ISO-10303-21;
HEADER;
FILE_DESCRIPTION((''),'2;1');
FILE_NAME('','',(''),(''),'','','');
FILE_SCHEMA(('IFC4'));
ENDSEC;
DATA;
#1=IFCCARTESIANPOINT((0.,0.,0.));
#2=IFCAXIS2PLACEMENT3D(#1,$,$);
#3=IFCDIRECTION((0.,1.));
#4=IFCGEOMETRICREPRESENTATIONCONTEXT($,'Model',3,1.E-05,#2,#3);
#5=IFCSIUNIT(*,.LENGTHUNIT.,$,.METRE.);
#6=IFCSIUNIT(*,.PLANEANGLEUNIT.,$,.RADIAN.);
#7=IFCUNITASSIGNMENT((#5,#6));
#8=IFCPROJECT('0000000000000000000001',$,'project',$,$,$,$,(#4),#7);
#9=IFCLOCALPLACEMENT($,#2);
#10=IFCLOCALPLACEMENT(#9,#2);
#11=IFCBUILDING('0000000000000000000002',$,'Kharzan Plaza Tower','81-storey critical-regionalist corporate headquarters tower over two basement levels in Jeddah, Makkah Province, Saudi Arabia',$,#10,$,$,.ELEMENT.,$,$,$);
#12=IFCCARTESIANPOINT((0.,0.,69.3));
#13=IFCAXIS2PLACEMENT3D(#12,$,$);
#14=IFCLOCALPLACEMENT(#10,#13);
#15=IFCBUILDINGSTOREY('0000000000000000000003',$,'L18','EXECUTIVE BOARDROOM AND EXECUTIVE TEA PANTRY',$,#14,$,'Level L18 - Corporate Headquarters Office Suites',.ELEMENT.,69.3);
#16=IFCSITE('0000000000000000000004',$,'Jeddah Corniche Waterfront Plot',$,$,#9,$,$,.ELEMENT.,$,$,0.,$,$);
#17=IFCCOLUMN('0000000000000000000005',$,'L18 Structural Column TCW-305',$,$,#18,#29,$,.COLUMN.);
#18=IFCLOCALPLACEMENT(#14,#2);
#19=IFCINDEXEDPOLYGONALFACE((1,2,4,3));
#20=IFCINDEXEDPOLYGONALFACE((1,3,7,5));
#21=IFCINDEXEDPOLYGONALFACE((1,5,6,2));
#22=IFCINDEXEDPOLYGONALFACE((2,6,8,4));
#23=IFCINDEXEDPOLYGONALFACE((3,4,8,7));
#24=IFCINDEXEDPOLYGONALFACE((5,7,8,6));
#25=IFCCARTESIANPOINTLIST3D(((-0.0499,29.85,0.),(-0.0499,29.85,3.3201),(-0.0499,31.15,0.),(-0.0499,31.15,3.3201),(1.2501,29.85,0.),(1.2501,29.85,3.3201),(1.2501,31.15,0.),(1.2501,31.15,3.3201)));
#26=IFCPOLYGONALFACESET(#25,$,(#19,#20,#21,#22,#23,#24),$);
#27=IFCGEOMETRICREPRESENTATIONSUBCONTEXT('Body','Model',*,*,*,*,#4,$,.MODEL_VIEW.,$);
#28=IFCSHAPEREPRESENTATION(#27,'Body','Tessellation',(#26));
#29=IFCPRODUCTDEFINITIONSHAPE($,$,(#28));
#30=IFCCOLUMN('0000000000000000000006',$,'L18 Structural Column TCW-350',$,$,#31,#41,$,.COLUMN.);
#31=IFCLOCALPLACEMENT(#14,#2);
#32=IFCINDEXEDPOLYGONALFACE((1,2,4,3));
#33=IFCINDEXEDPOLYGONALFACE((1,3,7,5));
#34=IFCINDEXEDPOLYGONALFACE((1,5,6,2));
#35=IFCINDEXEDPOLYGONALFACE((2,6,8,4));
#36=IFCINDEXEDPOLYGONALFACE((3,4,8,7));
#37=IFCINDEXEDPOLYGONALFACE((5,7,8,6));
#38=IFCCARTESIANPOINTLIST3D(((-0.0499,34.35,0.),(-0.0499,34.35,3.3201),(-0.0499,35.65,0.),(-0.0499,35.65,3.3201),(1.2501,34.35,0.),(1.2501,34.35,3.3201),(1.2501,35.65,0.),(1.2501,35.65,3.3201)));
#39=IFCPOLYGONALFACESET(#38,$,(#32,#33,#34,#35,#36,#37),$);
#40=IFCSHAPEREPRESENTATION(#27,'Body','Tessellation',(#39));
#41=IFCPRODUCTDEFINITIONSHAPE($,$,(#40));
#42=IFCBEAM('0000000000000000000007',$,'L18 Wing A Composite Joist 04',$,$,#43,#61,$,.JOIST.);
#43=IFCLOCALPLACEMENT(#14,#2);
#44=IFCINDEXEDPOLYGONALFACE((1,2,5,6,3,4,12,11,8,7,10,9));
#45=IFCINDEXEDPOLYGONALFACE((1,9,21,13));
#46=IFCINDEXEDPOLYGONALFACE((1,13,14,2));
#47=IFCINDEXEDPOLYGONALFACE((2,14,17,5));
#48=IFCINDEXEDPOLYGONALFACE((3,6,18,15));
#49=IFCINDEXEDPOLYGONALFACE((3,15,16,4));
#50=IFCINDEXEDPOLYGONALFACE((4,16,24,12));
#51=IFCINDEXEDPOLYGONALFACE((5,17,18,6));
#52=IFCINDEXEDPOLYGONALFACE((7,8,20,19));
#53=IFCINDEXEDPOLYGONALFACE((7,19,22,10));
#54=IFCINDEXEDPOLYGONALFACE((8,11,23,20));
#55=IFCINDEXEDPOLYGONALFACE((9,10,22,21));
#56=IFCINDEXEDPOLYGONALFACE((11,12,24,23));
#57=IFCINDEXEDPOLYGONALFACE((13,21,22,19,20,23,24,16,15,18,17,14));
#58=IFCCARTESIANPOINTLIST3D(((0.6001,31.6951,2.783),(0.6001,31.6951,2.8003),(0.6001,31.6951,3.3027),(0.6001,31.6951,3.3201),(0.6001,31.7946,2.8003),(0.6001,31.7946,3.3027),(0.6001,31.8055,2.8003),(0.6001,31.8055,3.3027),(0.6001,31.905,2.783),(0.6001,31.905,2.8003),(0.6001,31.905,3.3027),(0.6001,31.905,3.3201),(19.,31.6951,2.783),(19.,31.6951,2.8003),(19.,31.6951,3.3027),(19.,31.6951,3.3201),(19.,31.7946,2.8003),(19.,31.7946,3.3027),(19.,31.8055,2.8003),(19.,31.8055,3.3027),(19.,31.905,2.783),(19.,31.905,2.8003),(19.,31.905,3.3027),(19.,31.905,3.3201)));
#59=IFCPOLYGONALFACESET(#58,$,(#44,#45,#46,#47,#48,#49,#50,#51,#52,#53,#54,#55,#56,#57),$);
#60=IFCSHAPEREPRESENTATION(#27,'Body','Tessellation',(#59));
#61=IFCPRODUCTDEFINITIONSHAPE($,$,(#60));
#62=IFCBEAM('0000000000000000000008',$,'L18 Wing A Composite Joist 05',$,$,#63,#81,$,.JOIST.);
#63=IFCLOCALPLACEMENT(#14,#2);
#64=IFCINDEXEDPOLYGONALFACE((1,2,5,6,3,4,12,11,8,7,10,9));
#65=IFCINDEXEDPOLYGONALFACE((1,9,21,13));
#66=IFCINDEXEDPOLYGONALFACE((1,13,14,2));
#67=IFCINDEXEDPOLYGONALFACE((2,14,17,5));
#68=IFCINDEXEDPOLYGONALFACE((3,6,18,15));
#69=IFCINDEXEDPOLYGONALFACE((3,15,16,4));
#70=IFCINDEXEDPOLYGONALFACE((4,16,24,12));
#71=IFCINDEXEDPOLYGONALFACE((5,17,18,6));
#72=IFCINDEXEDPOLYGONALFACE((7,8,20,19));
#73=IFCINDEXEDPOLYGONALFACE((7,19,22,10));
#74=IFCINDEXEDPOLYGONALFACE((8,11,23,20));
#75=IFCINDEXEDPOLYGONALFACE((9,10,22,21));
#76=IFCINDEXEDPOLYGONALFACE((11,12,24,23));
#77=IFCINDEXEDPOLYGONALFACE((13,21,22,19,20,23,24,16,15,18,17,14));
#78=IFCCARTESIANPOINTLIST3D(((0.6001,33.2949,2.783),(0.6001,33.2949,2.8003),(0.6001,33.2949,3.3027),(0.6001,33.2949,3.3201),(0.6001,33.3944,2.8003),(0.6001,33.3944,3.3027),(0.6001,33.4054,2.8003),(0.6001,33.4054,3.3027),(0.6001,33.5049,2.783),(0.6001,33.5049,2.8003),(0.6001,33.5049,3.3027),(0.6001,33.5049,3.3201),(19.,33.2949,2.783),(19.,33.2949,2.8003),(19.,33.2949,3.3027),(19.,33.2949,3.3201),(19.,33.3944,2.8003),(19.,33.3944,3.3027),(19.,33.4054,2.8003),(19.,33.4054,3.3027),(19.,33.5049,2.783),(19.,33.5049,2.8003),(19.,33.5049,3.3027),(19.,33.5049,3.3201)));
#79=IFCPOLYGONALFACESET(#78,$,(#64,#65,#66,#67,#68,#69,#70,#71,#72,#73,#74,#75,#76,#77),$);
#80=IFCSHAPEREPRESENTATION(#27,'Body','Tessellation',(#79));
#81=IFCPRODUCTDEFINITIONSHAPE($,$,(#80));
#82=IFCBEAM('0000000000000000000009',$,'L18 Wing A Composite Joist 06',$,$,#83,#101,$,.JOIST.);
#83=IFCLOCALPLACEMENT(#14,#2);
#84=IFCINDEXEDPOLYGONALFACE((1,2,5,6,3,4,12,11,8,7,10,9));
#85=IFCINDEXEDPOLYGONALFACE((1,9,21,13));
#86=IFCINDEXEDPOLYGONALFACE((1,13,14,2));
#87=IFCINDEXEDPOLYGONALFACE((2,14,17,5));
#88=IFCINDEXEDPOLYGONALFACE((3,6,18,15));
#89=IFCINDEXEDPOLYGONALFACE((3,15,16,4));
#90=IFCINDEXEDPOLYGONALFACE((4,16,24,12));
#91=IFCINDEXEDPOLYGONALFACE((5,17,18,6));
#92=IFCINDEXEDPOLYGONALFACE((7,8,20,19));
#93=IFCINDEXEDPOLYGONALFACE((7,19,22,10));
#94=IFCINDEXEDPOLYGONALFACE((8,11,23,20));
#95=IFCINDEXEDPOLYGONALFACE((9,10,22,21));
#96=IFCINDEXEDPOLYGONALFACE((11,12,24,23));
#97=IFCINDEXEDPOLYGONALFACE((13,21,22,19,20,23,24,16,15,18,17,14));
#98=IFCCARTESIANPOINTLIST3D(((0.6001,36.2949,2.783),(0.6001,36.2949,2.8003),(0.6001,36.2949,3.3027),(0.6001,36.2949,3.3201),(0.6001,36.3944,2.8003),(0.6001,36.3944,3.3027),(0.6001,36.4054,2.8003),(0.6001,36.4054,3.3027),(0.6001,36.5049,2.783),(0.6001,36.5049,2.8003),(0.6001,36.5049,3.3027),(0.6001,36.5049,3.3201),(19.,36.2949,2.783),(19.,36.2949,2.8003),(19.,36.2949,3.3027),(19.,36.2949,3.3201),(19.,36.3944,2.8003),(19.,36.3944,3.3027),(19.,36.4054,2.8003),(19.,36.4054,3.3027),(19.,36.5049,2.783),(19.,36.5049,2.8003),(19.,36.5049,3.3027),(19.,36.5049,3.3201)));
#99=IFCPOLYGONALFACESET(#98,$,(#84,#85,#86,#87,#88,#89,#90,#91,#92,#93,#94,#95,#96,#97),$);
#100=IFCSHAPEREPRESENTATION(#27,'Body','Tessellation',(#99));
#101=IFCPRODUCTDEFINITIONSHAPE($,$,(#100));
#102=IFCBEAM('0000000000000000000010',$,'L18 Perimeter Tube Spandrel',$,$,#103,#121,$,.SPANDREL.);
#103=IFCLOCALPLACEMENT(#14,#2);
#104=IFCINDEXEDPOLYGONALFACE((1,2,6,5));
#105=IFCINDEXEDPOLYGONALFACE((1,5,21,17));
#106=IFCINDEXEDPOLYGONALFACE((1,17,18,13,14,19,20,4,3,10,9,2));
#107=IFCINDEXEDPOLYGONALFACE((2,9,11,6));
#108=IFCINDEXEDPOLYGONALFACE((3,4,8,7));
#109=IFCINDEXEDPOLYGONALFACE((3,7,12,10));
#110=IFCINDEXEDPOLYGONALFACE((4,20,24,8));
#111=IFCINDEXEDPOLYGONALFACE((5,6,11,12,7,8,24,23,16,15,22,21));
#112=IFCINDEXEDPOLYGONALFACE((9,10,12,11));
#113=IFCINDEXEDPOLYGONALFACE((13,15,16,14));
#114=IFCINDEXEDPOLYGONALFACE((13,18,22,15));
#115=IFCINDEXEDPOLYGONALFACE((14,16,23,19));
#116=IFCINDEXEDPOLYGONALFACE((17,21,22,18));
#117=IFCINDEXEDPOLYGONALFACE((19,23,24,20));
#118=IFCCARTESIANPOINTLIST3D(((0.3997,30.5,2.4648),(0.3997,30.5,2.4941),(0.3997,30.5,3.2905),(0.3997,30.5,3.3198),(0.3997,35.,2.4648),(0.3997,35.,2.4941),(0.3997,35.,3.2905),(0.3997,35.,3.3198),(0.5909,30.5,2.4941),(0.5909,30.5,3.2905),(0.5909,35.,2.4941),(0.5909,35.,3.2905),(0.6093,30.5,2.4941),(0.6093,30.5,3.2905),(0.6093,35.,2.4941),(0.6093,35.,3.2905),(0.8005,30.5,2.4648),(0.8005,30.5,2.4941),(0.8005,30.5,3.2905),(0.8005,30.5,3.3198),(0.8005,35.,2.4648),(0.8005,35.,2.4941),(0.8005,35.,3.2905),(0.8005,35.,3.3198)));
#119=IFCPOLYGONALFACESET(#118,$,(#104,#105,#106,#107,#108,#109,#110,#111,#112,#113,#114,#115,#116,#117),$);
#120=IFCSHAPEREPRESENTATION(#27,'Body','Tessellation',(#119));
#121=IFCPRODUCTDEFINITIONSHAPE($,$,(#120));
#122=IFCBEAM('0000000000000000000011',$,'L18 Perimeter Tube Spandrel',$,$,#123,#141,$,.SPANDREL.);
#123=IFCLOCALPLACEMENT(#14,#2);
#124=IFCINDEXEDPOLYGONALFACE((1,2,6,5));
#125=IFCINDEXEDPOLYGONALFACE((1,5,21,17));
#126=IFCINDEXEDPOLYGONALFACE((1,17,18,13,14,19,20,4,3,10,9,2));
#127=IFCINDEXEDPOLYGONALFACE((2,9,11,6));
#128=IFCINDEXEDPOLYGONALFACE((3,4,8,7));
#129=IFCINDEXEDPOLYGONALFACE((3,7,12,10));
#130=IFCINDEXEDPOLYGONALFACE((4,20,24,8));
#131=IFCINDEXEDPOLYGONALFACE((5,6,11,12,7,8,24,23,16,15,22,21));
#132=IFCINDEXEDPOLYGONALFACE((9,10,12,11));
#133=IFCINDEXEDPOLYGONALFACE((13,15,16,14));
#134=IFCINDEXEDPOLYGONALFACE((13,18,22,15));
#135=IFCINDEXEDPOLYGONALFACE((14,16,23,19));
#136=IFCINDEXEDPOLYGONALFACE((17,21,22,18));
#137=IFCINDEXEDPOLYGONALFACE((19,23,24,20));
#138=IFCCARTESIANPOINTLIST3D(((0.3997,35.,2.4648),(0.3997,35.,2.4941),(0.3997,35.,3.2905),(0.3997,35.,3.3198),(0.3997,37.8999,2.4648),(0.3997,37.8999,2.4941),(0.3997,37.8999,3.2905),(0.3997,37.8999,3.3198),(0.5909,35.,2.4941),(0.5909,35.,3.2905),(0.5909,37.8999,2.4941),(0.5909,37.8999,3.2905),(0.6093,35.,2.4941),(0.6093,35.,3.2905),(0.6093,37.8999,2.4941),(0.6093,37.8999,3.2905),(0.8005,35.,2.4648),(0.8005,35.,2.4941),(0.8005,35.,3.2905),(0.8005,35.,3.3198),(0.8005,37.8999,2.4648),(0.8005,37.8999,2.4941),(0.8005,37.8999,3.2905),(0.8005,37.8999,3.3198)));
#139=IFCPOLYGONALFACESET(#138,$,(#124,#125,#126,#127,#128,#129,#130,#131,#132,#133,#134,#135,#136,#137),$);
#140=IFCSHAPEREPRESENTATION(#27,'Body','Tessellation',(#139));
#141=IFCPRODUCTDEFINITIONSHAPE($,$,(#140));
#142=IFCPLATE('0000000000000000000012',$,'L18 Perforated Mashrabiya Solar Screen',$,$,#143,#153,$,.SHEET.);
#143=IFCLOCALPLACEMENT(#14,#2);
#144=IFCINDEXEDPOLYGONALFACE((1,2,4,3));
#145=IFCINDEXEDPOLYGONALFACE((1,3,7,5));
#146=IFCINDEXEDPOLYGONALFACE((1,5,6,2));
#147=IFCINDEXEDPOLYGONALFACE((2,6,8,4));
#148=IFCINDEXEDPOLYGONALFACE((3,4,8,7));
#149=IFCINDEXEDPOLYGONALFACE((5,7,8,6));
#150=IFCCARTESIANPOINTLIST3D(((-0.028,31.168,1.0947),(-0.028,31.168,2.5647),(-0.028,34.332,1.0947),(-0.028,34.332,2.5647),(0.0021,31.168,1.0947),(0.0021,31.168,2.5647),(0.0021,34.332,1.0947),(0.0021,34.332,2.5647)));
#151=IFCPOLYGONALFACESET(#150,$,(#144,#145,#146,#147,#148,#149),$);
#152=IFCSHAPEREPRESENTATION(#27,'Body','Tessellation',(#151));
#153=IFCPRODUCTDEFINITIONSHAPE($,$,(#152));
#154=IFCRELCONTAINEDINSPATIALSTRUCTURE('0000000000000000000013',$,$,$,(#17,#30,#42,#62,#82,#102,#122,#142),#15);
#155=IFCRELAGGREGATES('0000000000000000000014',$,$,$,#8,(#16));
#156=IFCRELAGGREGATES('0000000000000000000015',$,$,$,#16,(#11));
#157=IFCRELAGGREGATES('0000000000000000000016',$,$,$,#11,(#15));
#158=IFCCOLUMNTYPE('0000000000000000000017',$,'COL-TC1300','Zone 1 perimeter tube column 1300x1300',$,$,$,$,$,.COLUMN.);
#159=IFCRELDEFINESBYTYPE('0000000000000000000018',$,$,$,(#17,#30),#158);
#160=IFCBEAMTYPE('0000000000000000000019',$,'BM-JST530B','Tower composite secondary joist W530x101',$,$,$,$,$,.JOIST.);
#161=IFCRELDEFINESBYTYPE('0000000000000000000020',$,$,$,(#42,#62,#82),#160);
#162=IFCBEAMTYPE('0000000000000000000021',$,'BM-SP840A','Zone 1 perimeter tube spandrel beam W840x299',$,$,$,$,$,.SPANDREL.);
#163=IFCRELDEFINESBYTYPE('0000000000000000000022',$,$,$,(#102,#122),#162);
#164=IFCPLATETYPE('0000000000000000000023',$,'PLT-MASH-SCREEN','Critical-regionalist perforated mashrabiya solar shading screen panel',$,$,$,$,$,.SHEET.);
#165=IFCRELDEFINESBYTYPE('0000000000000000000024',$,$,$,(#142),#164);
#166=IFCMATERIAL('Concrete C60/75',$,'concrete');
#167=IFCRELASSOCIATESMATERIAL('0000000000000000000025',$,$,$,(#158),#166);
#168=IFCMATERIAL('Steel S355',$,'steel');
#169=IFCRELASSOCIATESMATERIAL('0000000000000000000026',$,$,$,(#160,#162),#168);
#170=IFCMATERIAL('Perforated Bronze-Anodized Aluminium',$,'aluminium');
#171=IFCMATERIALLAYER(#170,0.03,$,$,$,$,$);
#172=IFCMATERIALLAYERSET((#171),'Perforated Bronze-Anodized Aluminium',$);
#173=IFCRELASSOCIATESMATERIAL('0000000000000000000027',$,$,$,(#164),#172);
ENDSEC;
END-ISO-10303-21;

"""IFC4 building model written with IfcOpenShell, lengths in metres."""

from ifc_helpers import new_model, si_unit, direction, frame, origin, origin_2d, place, context, subcontext, project, spatial, rectangle, i_section, extrude, source, transform, mapped, material, layer, layer_set, material_profile, profile_set, type_object, element, save


model = new_model("IFC4")

# Units and contexts
model_context = context("Model", 3, precision=1e-05, world=origin(), true_north=direction((0.0, 1.0)))
body_context = subcontext(model_context, "Body", "Model", "MODEL_VIEW")
ifc_project = project(units=[si_unit("LENGTHUNIT", "METRE"), si_unit("PLANEANGLEUNIT", "RADIAN")], contexts=[model_context])

# Site, building, storey
site_placement = place(None, origin())
site = spatial("IfcSite", under=ifc_project, at=site_placement, Name="Jeddah Corniche Waterfront Plot", CompositionType="ELEMENT", RefElevation=0.0)
building_placement = place(site_placement, origin())
building = spatial("IfcBuilding", under=site, at=building_placement, Name="Kharzan Plaza Tower", Description="81-storey critical-regionalist corporate headquarters tower over two basement levels in Jeddah, Makkah Province, Saudi Arabia", CompositionType="ELEMENT")
storey_placement = place(building_placement, frame((0.0, 0.0, 69.3)))
storey = spatial("IfcBuildingStorey", under=building, at=storey_placement, Name="L18", Description="EXECUTIVE BOARDROOM AND EXECUTIVE TEA PANTRY", LongName="Level L18 - Corporate Headquarters Office Suites", CompositionType="ELEMENT", Elevation=69.3)

# Columns
ifc_material_1 = material(Name="Concrete C60/75", Category="concrete")
ifc_material_profile_1 = material_profile(ifc_material_1, rectangle(XDim=1.3, YDim=1.3, at=origin_2d()), Name="RC-TC1300x1300")
ifc_profile_set_1 = profile_set([ifc_material_profile_1], Name="Concrete C60/75")
column_type = type_object("IfcColumnType", Name="COL-TC1300", Description="Zone 1 perimeter tube column 1300x1300", PredefinedType="COLUMN", material=ifc_profile_set_1)
shared_shape_1 = source(origin(), body_context, "Body", "SweptSolid", [
    extrude(rectangle(XDim=1.3, YDim=1.3, at=origin_2d()), origin(), (0.0, 0.0, 1.0), 3.3201),
])
for number, where, z_axis, x_axis, name in (
    (1, (0.6001, 30.5, 0.0), (0.0, 0.0, 1.0), (1.0, 0.0, 0.0), "L18 Structural Column TCW-305"),
    (2, (0.6001, 35.0, 0.0), (0.0, 0.0, 1.0), (1.0, 0.0, 0.0), "L18 Structural Column TCW-350"),
):
    element("IfcColumn", number, at=place(storey_placement, frame(where, z_axis=z_axis, x_axis=x_axis)), inside=storey, type_object=column_type, Name=name, PredefinedType="COLUMN", context=body_context, shape_type="MappedRepresentation", body=[
        mapped(shared_shape_1, transform((0.0, 0.0, 0.0), x_axis=(1.0, 0.0, 0.0), y_axis=(0.0, 1.0, 0.0), z_axis=(0.0, 0.0, 1.0))),
    ])

# Beams
ifc_material_2 = material(Name="Steel S355", Category="steel")
ifc_material_profile_2 = material_profile(ifc_material_2, i_section(OverallWidth=0.21, OverallDepth=0.5371, WebThickness=0.011, FlangeThickness=0.0173, at=origin_2d()), Name="W530x101")
ifc_profile_set_2 = profile_set([ifc_material_profile_2], Name="Steel S355")
beam_type_1 = type_object("IfcBeamType", Name="BM-JST530B", Description="Tower composite secondary joist W530x101", PredefinedType="JOIST", material=ifc_profile_set_2)
shared_shape_2 = source(origin(), body_context, "Body", "SweptSolid", [
    extrude(i_section(OverallWidth=0.21, OverallDepth=0.5371, WebThickness=0.011, FlangeThickness=0.0173, at=origin_2d()), origin(), (0.0, 0.0, 1.0), 18.3999),
])
for number, where, z_axis, x_axis, name in (
    (3, (0.6001, 31.8, 3.0515), (1.0, 0.0, 0.0), (0.0, 1.0, 0.0), "L18 Wing A Composite Joist 04"),
    (4, (0.6001, 33.3999, 3.0515), (1.0, 0.0, 0.0), (0.0, 1.0, 0.0), "L18 Wing A Composite Joist 05"),
    (5, (0.6001, 36.3999, 3.0515), (1.0, 0.0, 0.0), (0.0, 1.0, 0.0), "L18 Wing A Composite Joist 06"),
):
    element("IfcBeam", number, at=place(storey_placement, frame(where, z_axis=z_axis, x_axis=x_axis)), inside=storey, type_object=beam_type_1, Name=name, PredefinedType="JOIST", context=body_context, shape_type="MappedRepresentation", body=[
        mapped(shared_shape_2, transform((0.0, 0.0, 0.0), x_axis=(1.0, 0.0, 0.0), y_axis=(0.0, 1.0, 0.0), z_axis=(0.0, 0.0, 1.0))),
    ])
ifc_material_profile_3 = material_profile(ifc_material_2, i_section(OverallWidth=0.4009, OverallDepth=0.855, WebThickness=0.0183, FlangeThickness=0.0293, at=origin_2d()), Name="W840x299")
ifc_profile_set_3 = profile_set([ifc_material_profile_3], Name="Steel S355")
beam_type_2 = type_object("IfcBeamType", Name="BM-SP840A", Description="Zone 1 perimeter tube spandrel beam W840x299", PredefinedType="SPANDREL", material=ifc_profile_set_3)
shared_shape_3 = source(origin(), body_context, "Body", "SweptSolid", [
    extrude(i_section(OverallWidth=0.4009, OverallDepth=0.855, WebThickness=0.0183, FlangeThickness=0.0293, at=origin_2d()), origin(), (0.0, 0.0, 1.0), 4.5),
])
beam_1_placement = place(storey_placement, frame((0.6001, 30.5, 2.8923), z_axis=(0.0, 1.0, 0.0), x_axis=(-1.0, 0.0, 0.0)))
element("IfcBeam", 6, at=beam_1_placement, inside=storey, type_object=beam_type_2, Name="L18 Perimeter Tube Spandrel", PredefinedType="SPANDREL", context=body_context, shape_type="MappedRepresentation", body=[
    mapped(shared_shape_3, transform((0.0, 0.0, 0.0), x_axis=(1.0, 0.0, 0.0), y_axis=(0.0, 1.0, 0.0), z_axis=(0.0, 0.0, 1.0))),
])
shared_shape_4 = source(origin(), body_context, "Body", "SweptSolid", [
    extrude(i_section(OverallWidth=0.4009, OverallDepth=0.855, WebThickness=0.0183, FlangeThickness=0.0293, at=origin_2d()), origin(), (0.0, 0.0, 1.0), 2.8999),
])
beam_2_placement = place(storey_placement, frame((0.6001, 35.0, 2.8923), z_axis=(0.0, 1.0, 0.0), x_axis=(-1.0, 0.0, 0.0)))
element("IfcBeam", 7, at=beam_2_placement, inside=storey, type_object=beam_type_2, Name="L18 Perimeter Tube Spandrel", PredefinedType="SPANDREL", context=body_context, shape_type="MappedRepresentation", body=[
    mapped(shared_shape_4, transform((0.0, 0.0, 0.0), x_axis=(1.0, 0.0, 0.0), y_axis=(0.0, 1.0, 0.0), z_axis=(0.0, 0.0, 1.0))),
])

# Plate
ifc_material_3 = material(Name="Perforated Bronze-Anodized Aluminium", Category="aluminium")
ifc_layer_1 = layer(ifc_material_3, 0.03)
ifc_layer_set_1 = layer_set([ifc_layer_1], Name="Perforated Bronze-Anodized Aluminium")
plate_type = type_object("IfcPlateType", Name="PLT-MASH-SCREEN", Description="Critical-regionalist perforated mashrabiya solar shading screen panel", PredefinedType="SHEET", material=ifc_layer_set_1)
shared_shape_5 = source(origin(), body_context, "Body", "SweptSolid", [
    extrude(rectangle(XDim=3.1641, YDim=0.03, at=origin_2d()), origin(), (0.0, 0.0, 1.0), 1.47),
])
plate_placement = place(storey_placement, frame((-0.0129, 32.75, 1.0947), z_axis=(0.0, 0.0, 1.0), x_axis=(0.0, -1.0, 0.0)))
element("IfcPlate", 8, at=plate_placement, inside=storey, type_object=plate_type, Name="L18 Perforated Mashrabiya Solar Screen", PredefinedType="SHEET", context=body_context, shape_type="MappedRepresentation", body=[
    mapped(shared_shape_5, transform((0.0, 0.0, 0.0), x_axis=(1.0, 0.0, 0.0), y_axis=(0.0, 1.0, 0.0), z_axis=(0.0, 0.0, 1.0))),
])

save(model, "model.ifc")
